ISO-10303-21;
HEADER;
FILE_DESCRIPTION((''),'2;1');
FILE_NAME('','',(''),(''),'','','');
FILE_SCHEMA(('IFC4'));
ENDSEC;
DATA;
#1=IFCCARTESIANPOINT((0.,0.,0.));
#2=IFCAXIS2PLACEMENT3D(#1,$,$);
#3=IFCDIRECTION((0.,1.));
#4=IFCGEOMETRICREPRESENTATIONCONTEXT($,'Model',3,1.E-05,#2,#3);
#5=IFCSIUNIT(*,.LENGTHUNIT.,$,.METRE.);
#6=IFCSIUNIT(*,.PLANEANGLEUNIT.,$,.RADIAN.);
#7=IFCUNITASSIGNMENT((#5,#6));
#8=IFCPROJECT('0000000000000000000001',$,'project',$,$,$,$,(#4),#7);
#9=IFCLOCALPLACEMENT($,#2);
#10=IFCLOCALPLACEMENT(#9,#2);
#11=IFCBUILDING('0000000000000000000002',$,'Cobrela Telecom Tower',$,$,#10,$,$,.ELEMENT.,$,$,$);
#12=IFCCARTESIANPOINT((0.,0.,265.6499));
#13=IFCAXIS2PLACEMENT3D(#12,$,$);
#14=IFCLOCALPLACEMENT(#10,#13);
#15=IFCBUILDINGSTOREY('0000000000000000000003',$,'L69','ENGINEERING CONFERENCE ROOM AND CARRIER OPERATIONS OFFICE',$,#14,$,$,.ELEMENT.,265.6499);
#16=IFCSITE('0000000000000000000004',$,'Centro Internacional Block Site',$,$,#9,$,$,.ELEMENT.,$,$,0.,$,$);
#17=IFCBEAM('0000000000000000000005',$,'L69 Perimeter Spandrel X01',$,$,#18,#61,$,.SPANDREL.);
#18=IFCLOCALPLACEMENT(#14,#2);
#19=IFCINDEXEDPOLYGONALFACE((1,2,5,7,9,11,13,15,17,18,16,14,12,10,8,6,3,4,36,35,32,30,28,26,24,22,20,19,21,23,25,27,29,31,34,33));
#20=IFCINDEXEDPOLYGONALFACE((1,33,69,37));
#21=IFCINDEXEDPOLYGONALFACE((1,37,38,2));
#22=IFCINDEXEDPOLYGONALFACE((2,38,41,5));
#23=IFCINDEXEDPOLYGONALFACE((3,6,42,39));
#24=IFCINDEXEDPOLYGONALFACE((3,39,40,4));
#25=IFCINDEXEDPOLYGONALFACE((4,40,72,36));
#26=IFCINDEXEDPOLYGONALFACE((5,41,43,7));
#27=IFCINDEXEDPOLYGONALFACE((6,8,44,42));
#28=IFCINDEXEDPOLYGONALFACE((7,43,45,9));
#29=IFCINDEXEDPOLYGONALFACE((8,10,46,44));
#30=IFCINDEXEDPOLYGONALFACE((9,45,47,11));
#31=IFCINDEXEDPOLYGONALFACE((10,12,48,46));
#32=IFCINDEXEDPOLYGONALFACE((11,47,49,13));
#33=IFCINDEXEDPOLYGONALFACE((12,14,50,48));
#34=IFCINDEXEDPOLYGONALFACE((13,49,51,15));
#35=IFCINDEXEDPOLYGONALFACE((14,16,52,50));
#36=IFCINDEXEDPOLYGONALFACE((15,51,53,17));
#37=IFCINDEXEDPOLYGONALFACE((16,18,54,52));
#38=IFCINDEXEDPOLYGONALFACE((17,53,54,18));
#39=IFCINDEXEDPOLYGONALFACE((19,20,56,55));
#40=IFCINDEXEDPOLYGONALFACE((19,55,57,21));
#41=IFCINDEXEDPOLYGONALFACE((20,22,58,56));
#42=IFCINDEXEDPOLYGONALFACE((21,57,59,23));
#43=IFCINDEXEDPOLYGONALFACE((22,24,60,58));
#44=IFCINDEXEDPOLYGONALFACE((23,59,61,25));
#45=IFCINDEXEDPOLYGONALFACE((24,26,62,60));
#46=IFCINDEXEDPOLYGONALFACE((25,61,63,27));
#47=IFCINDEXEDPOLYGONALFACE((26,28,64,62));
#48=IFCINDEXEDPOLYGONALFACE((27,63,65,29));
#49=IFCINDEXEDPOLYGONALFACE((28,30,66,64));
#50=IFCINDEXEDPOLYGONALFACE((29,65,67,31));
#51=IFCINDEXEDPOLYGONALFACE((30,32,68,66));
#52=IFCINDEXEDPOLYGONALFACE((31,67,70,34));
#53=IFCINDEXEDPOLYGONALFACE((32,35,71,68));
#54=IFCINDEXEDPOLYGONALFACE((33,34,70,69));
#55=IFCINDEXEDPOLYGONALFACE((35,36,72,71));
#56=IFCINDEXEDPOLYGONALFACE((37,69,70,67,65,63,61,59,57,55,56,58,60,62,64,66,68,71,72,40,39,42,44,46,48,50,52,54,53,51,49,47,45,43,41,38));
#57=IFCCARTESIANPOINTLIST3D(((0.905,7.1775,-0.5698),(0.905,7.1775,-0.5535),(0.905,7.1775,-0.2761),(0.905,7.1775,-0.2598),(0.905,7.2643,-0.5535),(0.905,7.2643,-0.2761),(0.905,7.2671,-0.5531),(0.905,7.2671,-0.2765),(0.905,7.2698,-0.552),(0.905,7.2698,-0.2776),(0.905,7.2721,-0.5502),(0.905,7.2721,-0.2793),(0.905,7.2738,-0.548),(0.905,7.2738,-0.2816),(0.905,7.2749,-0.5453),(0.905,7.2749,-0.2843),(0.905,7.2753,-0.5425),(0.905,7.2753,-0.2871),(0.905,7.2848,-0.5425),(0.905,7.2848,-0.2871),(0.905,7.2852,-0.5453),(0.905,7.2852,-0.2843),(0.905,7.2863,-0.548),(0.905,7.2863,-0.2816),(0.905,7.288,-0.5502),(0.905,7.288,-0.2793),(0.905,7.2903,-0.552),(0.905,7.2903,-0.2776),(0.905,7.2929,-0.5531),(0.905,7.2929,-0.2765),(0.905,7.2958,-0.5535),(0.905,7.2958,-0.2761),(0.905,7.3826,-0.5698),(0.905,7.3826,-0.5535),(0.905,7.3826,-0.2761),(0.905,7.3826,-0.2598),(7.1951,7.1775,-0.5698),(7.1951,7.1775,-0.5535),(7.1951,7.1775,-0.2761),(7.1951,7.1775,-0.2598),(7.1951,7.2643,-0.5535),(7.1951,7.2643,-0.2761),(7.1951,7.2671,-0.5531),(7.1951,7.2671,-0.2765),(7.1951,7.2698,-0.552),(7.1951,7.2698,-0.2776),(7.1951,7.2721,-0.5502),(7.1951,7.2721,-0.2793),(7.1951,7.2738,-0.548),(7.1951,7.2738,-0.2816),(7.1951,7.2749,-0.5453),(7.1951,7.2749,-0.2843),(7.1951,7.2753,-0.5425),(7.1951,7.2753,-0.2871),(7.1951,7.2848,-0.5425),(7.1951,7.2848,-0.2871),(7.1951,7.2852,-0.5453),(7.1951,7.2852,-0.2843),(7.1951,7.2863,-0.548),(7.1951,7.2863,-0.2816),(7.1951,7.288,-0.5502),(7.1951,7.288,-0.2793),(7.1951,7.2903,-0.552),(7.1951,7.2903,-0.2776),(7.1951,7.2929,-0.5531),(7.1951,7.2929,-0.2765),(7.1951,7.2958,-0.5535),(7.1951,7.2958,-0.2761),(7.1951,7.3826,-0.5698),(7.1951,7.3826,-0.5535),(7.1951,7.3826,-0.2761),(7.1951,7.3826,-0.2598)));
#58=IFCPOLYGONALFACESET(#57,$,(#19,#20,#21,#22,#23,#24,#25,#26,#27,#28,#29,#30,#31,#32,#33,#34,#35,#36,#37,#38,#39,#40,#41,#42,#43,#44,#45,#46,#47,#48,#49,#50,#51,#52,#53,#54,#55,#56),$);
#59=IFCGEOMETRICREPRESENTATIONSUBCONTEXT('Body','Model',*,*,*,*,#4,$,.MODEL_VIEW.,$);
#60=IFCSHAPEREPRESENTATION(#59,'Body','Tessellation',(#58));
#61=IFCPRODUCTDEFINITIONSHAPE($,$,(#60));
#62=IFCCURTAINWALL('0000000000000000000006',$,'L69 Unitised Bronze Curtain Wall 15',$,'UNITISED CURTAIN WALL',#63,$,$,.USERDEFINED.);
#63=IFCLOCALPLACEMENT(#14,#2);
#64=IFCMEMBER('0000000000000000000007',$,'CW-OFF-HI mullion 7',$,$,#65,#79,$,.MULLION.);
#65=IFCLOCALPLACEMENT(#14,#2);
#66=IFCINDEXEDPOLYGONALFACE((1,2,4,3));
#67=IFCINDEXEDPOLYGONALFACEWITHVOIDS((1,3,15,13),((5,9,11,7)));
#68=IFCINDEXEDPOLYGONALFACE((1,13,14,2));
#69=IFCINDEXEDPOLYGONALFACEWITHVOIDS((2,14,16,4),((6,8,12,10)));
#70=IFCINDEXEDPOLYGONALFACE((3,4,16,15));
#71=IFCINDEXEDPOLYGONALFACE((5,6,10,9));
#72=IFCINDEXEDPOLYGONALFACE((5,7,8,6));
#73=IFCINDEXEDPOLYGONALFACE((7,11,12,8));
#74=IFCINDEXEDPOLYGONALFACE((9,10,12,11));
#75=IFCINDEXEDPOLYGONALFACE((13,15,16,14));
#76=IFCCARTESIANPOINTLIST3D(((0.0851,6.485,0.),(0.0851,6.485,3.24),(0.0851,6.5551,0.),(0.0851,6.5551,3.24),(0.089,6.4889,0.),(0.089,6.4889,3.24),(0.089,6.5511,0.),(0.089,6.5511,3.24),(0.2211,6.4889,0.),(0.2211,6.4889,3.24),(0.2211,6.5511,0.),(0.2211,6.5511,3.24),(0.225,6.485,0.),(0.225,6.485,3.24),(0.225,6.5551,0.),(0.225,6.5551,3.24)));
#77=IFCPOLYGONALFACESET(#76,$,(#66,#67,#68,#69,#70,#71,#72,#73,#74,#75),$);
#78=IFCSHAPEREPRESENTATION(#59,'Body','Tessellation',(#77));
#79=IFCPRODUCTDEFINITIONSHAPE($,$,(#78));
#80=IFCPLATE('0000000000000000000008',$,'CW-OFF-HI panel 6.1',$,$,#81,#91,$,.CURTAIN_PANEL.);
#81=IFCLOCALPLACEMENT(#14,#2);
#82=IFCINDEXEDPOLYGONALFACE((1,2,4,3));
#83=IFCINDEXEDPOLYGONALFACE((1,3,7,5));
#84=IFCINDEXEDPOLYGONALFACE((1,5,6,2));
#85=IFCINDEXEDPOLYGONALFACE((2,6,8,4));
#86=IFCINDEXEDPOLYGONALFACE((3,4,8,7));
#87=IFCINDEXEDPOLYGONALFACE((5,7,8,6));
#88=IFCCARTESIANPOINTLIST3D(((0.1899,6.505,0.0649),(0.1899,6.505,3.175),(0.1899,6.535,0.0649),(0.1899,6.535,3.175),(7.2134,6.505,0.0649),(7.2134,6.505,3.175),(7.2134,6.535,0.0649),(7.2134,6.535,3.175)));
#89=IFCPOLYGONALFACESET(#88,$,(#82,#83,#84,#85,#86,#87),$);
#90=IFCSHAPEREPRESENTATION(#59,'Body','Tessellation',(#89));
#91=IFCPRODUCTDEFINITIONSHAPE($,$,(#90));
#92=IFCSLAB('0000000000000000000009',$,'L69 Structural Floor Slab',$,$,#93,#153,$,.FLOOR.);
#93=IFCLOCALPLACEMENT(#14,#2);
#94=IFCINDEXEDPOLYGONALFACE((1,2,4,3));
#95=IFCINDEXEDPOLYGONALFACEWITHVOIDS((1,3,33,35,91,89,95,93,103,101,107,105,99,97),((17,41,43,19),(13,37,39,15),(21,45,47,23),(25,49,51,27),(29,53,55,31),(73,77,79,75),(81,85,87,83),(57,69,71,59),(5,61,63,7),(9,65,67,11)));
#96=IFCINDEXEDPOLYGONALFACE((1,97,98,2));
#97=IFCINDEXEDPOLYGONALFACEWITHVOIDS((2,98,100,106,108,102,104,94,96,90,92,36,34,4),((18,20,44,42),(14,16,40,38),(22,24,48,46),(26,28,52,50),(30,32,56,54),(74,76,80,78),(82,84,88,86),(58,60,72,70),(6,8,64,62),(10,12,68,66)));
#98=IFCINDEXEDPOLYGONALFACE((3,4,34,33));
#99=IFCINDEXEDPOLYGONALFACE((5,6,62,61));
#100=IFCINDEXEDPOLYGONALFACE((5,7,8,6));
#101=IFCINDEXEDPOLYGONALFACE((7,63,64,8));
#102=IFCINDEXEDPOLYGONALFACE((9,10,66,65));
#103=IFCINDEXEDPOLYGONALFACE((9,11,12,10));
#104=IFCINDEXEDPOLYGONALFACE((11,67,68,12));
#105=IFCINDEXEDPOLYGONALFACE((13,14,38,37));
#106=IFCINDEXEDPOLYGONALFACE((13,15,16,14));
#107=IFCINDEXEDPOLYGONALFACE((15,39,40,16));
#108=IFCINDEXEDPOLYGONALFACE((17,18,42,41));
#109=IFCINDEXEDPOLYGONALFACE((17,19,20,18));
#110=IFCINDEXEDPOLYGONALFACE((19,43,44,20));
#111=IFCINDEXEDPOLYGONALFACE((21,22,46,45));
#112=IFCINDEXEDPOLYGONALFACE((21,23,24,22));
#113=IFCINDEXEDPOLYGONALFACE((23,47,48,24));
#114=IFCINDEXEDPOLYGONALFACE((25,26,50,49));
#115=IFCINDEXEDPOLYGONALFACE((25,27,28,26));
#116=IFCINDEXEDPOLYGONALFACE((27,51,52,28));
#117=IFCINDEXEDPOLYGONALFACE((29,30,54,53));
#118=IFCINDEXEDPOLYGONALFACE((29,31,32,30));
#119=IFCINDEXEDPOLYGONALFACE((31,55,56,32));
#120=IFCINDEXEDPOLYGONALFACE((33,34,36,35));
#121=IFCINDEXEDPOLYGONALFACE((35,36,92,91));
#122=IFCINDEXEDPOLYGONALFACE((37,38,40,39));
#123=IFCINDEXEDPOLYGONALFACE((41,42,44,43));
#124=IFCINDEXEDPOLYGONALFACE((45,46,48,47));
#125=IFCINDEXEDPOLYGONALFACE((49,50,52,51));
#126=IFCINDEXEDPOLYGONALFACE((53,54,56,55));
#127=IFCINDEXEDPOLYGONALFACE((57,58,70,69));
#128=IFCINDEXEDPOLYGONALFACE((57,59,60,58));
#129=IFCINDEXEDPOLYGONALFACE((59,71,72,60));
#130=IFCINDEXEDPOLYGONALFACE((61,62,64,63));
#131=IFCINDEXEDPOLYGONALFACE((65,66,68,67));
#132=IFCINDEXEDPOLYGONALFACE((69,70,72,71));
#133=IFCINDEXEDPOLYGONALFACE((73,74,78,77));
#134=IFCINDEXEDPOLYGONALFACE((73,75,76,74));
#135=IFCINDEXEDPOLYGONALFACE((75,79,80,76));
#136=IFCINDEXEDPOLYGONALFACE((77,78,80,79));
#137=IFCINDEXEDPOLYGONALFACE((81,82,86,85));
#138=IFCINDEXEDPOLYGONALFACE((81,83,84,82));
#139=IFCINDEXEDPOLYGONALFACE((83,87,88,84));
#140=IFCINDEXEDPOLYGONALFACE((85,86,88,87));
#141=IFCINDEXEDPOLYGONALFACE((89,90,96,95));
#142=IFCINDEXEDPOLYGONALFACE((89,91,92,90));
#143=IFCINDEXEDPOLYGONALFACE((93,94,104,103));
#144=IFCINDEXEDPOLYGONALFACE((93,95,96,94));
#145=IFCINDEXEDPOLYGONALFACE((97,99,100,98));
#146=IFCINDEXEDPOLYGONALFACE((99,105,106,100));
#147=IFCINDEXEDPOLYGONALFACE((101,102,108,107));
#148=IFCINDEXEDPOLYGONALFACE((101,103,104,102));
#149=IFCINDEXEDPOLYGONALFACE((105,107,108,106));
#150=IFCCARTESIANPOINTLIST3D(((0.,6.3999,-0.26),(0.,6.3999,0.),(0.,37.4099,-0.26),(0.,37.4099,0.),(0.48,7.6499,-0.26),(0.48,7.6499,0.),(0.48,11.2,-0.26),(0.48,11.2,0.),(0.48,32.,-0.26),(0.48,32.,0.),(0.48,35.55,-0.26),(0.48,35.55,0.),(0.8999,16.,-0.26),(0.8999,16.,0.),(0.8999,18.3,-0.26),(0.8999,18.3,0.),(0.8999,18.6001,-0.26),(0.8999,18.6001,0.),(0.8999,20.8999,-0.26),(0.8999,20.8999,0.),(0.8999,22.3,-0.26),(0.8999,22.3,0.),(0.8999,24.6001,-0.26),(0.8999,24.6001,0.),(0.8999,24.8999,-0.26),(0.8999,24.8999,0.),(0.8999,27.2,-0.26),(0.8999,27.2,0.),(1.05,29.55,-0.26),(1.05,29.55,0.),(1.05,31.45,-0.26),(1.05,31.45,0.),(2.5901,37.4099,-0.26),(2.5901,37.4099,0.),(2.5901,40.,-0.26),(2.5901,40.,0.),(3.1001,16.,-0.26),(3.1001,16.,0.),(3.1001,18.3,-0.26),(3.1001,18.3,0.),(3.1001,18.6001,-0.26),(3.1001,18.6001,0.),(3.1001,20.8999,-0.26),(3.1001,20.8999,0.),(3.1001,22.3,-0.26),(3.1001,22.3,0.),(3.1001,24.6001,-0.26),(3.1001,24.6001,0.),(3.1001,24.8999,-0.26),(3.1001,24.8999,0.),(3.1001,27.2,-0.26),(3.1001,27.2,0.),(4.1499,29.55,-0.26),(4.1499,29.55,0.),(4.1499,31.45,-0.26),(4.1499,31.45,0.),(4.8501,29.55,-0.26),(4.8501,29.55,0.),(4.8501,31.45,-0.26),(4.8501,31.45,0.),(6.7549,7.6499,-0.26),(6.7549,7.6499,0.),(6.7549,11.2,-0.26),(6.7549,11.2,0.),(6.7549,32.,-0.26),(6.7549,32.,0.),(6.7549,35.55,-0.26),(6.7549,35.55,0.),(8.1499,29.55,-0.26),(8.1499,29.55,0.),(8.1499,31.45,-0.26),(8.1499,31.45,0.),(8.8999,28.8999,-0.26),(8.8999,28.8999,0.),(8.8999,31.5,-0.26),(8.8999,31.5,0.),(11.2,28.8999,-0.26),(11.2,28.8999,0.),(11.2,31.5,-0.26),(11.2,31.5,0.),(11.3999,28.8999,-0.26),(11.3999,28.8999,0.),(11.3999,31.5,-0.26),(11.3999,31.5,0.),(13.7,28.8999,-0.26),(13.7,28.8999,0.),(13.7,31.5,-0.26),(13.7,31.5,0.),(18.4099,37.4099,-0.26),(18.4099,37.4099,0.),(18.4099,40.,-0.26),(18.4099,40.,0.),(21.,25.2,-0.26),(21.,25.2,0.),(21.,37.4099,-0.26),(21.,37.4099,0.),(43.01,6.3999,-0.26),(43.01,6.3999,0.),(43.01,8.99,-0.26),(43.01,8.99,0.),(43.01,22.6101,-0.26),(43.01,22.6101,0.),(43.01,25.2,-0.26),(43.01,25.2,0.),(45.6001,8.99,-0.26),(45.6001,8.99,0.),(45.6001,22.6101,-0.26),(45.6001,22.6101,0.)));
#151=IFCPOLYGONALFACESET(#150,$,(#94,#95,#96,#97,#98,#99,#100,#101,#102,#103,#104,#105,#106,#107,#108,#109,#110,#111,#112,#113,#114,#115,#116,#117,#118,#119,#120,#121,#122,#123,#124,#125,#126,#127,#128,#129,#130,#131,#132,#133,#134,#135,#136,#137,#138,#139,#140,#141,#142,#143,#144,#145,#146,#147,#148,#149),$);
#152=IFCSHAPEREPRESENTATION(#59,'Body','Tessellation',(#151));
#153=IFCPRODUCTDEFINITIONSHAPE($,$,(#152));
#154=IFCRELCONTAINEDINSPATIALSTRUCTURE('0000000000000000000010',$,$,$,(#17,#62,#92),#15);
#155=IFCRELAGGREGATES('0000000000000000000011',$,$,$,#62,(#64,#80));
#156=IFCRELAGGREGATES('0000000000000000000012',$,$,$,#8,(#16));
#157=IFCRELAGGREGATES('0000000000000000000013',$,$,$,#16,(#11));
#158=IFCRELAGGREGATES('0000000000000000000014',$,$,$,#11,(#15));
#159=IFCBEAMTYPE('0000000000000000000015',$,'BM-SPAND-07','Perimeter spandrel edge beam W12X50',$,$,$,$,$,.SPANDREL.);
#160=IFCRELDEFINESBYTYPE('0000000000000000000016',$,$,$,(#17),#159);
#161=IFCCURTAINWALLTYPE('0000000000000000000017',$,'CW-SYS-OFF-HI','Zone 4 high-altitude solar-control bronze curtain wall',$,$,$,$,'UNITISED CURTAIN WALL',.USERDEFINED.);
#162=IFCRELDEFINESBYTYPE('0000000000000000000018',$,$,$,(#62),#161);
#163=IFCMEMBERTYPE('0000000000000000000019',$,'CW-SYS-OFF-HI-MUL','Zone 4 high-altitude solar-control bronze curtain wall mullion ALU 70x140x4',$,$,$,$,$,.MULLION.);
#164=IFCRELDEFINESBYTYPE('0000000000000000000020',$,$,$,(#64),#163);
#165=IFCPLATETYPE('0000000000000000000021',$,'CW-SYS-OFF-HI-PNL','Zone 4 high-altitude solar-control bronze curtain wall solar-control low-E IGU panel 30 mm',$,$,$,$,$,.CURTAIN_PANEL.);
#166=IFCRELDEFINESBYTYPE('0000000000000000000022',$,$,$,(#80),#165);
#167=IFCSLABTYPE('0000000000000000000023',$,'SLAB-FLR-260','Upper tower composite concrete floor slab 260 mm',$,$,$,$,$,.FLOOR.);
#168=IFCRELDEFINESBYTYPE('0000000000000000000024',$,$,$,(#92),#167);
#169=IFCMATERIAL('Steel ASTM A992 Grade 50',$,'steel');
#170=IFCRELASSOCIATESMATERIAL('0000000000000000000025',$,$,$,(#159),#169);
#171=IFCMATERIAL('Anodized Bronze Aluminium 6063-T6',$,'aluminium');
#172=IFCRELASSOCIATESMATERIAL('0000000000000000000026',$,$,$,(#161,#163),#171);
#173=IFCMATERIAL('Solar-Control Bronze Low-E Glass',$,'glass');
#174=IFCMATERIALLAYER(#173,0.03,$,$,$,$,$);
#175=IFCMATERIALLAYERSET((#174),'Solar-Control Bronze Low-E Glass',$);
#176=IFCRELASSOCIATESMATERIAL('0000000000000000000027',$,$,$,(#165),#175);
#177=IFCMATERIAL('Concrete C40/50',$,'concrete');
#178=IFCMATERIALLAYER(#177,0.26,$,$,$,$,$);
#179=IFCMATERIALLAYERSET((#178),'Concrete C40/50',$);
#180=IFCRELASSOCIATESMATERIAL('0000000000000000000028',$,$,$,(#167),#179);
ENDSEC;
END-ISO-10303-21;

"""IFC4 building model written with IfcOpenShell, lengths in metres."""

from ifc_helpers import new_model, si_unit, direction, frame, origin, origin_2d, place, context, subcontext, project, spatial, polyline, rectangle, hollow_rectangle, i_section, outline, extrude, material, layer, layer_set, material_profile, profile_set, type_object, element, aggregate, save


model = new_model("IFC4")

# Units and contexts
model_context = context("Model", 3, precision=1e-05, world=origin(), true_north=direction((0.0, 1.0)))
body_context = subcontext(model_context, "Body", "Model", "MODEL_VIEW")
ifc_project = project(units=[si_unit("LENGTHUNIT", "METRE"), si_unit("PLANEANGLEUNIT", "RADIAN")], contexts=[model_context])

# Site, building, storey
site_placement = place(None, origin())
site = spatial("IfcSite", under=ifc_project, at=site_placement, Name="Centro Internacional Block Site", CompositionType="ELEMENT", RefElevation=0.0)
building_placement = place(site_placement, origin())
building = spatial("IfcBuilding", under=site, at=building_placement, Name="Cobrela Telecom Tower", CompositionType="ELEMENT")
storey_placement = place(building_placement, frame((0.0, 0.0, 265.6499)))
storey = spatial("IfcBuildingStorey", under=building, at=storey_placement, Name="L69", Description="ENGINEERING CONFERENCE ROOM AND CARRIER OPERATIONS OFFICE", CompositionType="ELEMENT", Elevation=265.6499)

# Beam
ifc_material_1 = material(Name="Steel ASTM A992 Grade 50", Category="steel")
ifc_material_profile_1 = material_profile(ifc_material_1, i_section(OverallWidth=0.2051, OverallDepth=0.3101, WebThickness=0.0095, FlangeThickness=0.0164, FilletRadius=0.011, at=origin_2d()), Name="W12X50")
ifc_profile_set_1 = profile_set([ifc_material_profile_1], Name="Steel ASTM A992 Grade 50")
beam_type = type_object("IfcBeamType", Name="BM-SPAND-07", Description="Perimeter spandrel edge beam W12X50", PredefinedType="SPANDREL", material=ifc_profile_set_1)
beam_placement = place(storey_placement, frame((0.905, 7.28, -0.4148), z_axis=(1.0, 0.0, 0.0), x_axis=(0.0, 1.0, 0.0)))
element("IfcBeam", 1, at=beam_placement, inside=storey, type_object=beam_type, Name="L69 Perimeter Spandrel X01", PredefinedType="SPANDREL", context=body_context, shape_type="SweptSolid", body=[
    extrude(i_section(OverallWidth=0.2051, OverallDepth=0.3101, WebThickness=0.0095, FlangeThickness=0.0164, FilletRadius=0.011, at=origin_2d()), origin(), (0.0, 0.0, 1.0), 6.29),
])

# Curtain wall, member, plate
ifc_material_2 = material(Name="Anodized Bronze Aluminium 6063-T6", Category="aluminium")
curtain_wall_type = type_object("IfcCurtainWallType", Name="CW-SYS-OFF-HI", Description="Zone 4 high-altitude solar-control bronze curtain wall", ElementType="UNITISED CURTAIN WALL", PredefinedType="USERDEFINED", material=ifc_material_2)
curtain_wall_placement = place(storey_placement, origin())
curtain_wall = element("IfcCurtainWall", 2, at=curtain_wall_placement, inside=storey, type_object=curtain_wall_type, Name="L69 Unitised Bronze Curtain Wall 15", ObjectType="UNITISED CURTAIN WALL", PredefinedType="USERDEFINED")
ifc_material_profile_2 = material_profile(ifc_material_2, hollow_rectangle(XDim=0.0701, YDim=0.1399, WallThickness=0.0039, at=origin_2d()), Name="ALU 70x140x4")
ifc_profile_set_2 = profile_set([ifc_material_profile_2], Name="Anodized Bronze Aluminium 6063-T6")
member_type = type_object("IfcMemberType", Name="CW-SYS-OFF-HI-MUL", Description="Zone 4 high-altitude solar-control bronze curtain wall mullion ALU 70x140x4", PredefinedType="MULLION", material=ifc_profile_set_2)
member_placement = place(storey_placement, frame((0.155, 6.52, 0.0), z_axis=(0.0, 0.0, 1.0), x_axis=(0.0, -1.0, 0.0)))
member = element("IfcMember", 3, at=member_placement, type_object=member_type, Name="CW-OFF-HI mullion 7", PredefinedType="MULLION", context=body_context, shape_type="SweptSolid", body=[
    extrude(hollow_rectangle(XDim=0.0701, YDim=0.1399, WallThickness=0.0039, at=origin_2d()), origin(), (0.0, 0.0, 1.0), 3.24),
])
ifc_material_3 = material(Name="Solar-Control Bronze Low-E Glass", Category="glass")
ifc_layer_1 = layer(ifc_material_3, 0.03)
ifc_layer_set_1 = layer_set([ifc_layer_1], Name="Solar-Control Bronze Low-E Glass")
plate_type = type_object("IfcPlateType", Name="CW-SYS-OFF-HI-PNL", Description="Zone 4 high-altitude solar-control bronze curtain wall solar-control low-E IGU panel 30 mm", PredefinedType="CURTAIN_PANEL", material=ifc_layer_set_1)
plate_placement = place(storey_placement, frame((3.7017, 6.52, 0.0649), z_axis=(0.0, 0.0, 1.0), x_axis=(-1.0, 0.0, 0.0)))
plate = element("IfcPlate", 4, at=plate_placement, type_object=plate_type, Name="CW-OFF-HI panel 6.1", PredefinedType="CURTAIN_PANEL", context=body_context, shape_type="SweptSolid", body=[
    extrude(rectangle(XDim=7.0234, YDim=0.03, at=origin_2d()), origin(), (0.0, 0.0, 1.0), 3.1101),
])
aggregate(curtain_wall, [member, plate])

# Slab, openings
ifc_material_4 = material(Name="Concrete C40/50", Category="concrete")
ifc_layer_2 = layer(ifc_material_4, 0.26)
ifc_layer_set_2 = layer_set([ifc_layer_2], Name="Concrete C40/50")
slab_type_1 = type_object("IfcSlabType", Name="SLAB-FLR-260", Description="Upper tower composite concrete floor slab 260 mm", PredefinedType="FLOOR", material=ifc_layer_set_2)
slab_1_placement = place(storey_placement, frame((0.0, 0.0, -0.26)))
slab_1 = element("IfcSlab", 5, at=slab_1_placement, inside=storey, type_object=slab_type_1, Name="L69 Structural Floor Slab", PredefinedType="FLOOR", context=body_context, shape_type="SweptSolid", body=[
    extrude(outline(polyline([(0.0, 6.3999), (43.01, 6.3999), (43.01, 8.99), (45.6001, 8.99), (45.6001, 22.6101), (43.01, 22.6101), (43.01, 25.2), (21.0, 25.2), (21.0, 37.4099), (18.4099, 37.4099), (18.4099, 40.0), (2.5901, 40.0), (2.5901, 37.4099), (0.0, 37.4099), (0.0, 6.3999)])), origin(), (0.0, 0.0, 1.0), 0.26),
])
opening_1_placement = place(slab_1_placement, frame((0.0, 0.0, -0.02)))
element("IfcOpeningElement", 6, at=opening_1_placement, cuts=slab_1, PredefinedType="OPENING", context=body_context, shape_type="SweptSolid", body=[
    extrude(outline(polyline([(8.8999, 28.8999), (11.2, 28.8999), (11.2, 31.5), (8.8999, 31.5), (8.8999, 28.8999)])), origin(), (0.0, 0.0, 1.0), 0.3),
])
opening_2_placement = place(slab_1_placement, frame((0.0, 0.0, -0.02)))
element("IfcOpeningElement", 7, at=opening_2_placement, cuts=slab_1, PredefinedType="OPENING", context=body_context, shape_type="SweptSolid", body=[
    extrude(outline(polyline([(11.3999, 28.8999), (13.7, 28.8999), (13.7, 31.5), (11.3999, 31.5), (11.3999, 28.8999)])), origin(), (0.0, 0.0, 1.0), 0.3),
])
opening_3_placement = place(slab_1_placement, frame((0.0, 0.0, -0.02)))
element("IfcOpeningElement", 8, at=opening_3_placement, cuts=slab_1, PredefinedType="OPENING", context=body_context, shape_type="SweptSolid", body=[
    extrude(outline(polyline([(0.8999, 16.0), (3.1001, 16.0), (3.1001, 18.3), (0.8999, 18.3), (0.8999, 16.0)])), origin(), (0.0, 0.0, 1.0), 0.3),
])
opening_4_placement = place(slab_1_placement, frame((0.0, 0.0, -0.02)))
element("IfcOpeningElement", 9, at=opening_4_placement, cuts=slab_1, PredefinedType="OPENING", context=body_context, shape_type="SweptSolid", body=[
    extrude(outline(polyline([(0.8999, 18.6001), (3.1001, 18.6001), (3.1001, 20.8999), (0.8999, 20.8999), (0.8999, 18.6001)])), origin(), (0.0, 0.0, 1.0), 0.3),
])
opening_5_placement = place(slab_1_placement, frame((0.0, 0.0, -0.02)))
element("IfcOpeningElement", 10, at=opening_5_placement, cuts=slab_1, PredefinedType="OPENING", context=body_context, shape_type="SweptSolid", body=[
    extrude(outline(polyline([(0.8999, 22.3), (3.1001, 22.3), (3.1001, 24.6001), (0.8999, 24.6001), (0.8999, 22.3)])), origin(), (0.0, 0.0, 1.0), 0.3),
])
opening_6_placement = place(slab_1_placement, frame((0.0, 0.0, -0.02)))
element("IfcOpeningElement", 11, at=opening_6_placement, cuts=slab_1, PredefinedType="OPENING", context=body_context, shape_type="SweptSolid", body=[
    extrude(outline(polyline([(0.8999, 24.8999), (3.1001, 24.8999), (3.1001, 27.2), (0.8999, 27.2), (0.8999, 24.8999)])), origin(), (0.0, 0.0, 1.0), 0.3),
])
opening_7_placement = place(slab_1_placement, frame((0.0, 0.0, -0.02)))
element("IfcOpeningElement", 12, at=opening_7_placement, cuts=slab_1, PredefinedType="OPENING", context=body_context, shape_type="SweptSolid", body=[
    extrude(outline(polyline([(1.05, 29.55), (4.1499, 29.55), (4.1499, 31.45), (1.05, 31.45), (1.05, 29.55)])), origin(), (0.0, 0.0, 1.0), 0.3),
])
opening_8_placement = place(slab_1_placement, frame((0.0, 0.0, -0.02)))
element("IfcOpeningElement", 13, at=opening_8_placement, cuts=slab_1, PredefinedType="OPENING", context=body_context, shape_type="SweptSolid", body=[
    extrude(outline(polyline([(4.8501, 29.55), (8.1499, 29.55), (8.1499, 31.45), (4.8501, 31.45), (4.8501, 29.55)])), origin(), (0.0, 0.0, 1.0), 0.3),
])
opening_9_placement = place(slab_1_placement, frame((0.0, 0.0, -0.02)))
element("IfcOpeningElement", 14, at=opening_9_placement, cuts=slab_1, PredefinedType="OPENING", context=body_context, shape_type="SweptSolid", body=[
    extrude(outline(polyline([(6.7549, 35.55), (0.48, 35.55), (0.48, 32.0), (6.7549, 32.0), (6.7549, 35.55)])), origin(), (0.0, 0.0, 1.0), 0.3),
])
opening_10_placement = place(slab_1_placement, frame((0.0, 0.0, -0.02)))
element("IfcOpeningElement", 15, at=opening_10_placement, cuts=slab_1, PredefinedType="OPENING", context=body_context, shape_type="SweptSolid", body=[
    extrude(outline(polyline([(6.7549, 11.2), (0.48, 11.2), (0.48, 7.6499), (6.7549, 7.6499), (6.7549, 11.2)])), origin(), (0.0, 0.0, 1.0), 0.3),
])

save(model, "model.ifc")
